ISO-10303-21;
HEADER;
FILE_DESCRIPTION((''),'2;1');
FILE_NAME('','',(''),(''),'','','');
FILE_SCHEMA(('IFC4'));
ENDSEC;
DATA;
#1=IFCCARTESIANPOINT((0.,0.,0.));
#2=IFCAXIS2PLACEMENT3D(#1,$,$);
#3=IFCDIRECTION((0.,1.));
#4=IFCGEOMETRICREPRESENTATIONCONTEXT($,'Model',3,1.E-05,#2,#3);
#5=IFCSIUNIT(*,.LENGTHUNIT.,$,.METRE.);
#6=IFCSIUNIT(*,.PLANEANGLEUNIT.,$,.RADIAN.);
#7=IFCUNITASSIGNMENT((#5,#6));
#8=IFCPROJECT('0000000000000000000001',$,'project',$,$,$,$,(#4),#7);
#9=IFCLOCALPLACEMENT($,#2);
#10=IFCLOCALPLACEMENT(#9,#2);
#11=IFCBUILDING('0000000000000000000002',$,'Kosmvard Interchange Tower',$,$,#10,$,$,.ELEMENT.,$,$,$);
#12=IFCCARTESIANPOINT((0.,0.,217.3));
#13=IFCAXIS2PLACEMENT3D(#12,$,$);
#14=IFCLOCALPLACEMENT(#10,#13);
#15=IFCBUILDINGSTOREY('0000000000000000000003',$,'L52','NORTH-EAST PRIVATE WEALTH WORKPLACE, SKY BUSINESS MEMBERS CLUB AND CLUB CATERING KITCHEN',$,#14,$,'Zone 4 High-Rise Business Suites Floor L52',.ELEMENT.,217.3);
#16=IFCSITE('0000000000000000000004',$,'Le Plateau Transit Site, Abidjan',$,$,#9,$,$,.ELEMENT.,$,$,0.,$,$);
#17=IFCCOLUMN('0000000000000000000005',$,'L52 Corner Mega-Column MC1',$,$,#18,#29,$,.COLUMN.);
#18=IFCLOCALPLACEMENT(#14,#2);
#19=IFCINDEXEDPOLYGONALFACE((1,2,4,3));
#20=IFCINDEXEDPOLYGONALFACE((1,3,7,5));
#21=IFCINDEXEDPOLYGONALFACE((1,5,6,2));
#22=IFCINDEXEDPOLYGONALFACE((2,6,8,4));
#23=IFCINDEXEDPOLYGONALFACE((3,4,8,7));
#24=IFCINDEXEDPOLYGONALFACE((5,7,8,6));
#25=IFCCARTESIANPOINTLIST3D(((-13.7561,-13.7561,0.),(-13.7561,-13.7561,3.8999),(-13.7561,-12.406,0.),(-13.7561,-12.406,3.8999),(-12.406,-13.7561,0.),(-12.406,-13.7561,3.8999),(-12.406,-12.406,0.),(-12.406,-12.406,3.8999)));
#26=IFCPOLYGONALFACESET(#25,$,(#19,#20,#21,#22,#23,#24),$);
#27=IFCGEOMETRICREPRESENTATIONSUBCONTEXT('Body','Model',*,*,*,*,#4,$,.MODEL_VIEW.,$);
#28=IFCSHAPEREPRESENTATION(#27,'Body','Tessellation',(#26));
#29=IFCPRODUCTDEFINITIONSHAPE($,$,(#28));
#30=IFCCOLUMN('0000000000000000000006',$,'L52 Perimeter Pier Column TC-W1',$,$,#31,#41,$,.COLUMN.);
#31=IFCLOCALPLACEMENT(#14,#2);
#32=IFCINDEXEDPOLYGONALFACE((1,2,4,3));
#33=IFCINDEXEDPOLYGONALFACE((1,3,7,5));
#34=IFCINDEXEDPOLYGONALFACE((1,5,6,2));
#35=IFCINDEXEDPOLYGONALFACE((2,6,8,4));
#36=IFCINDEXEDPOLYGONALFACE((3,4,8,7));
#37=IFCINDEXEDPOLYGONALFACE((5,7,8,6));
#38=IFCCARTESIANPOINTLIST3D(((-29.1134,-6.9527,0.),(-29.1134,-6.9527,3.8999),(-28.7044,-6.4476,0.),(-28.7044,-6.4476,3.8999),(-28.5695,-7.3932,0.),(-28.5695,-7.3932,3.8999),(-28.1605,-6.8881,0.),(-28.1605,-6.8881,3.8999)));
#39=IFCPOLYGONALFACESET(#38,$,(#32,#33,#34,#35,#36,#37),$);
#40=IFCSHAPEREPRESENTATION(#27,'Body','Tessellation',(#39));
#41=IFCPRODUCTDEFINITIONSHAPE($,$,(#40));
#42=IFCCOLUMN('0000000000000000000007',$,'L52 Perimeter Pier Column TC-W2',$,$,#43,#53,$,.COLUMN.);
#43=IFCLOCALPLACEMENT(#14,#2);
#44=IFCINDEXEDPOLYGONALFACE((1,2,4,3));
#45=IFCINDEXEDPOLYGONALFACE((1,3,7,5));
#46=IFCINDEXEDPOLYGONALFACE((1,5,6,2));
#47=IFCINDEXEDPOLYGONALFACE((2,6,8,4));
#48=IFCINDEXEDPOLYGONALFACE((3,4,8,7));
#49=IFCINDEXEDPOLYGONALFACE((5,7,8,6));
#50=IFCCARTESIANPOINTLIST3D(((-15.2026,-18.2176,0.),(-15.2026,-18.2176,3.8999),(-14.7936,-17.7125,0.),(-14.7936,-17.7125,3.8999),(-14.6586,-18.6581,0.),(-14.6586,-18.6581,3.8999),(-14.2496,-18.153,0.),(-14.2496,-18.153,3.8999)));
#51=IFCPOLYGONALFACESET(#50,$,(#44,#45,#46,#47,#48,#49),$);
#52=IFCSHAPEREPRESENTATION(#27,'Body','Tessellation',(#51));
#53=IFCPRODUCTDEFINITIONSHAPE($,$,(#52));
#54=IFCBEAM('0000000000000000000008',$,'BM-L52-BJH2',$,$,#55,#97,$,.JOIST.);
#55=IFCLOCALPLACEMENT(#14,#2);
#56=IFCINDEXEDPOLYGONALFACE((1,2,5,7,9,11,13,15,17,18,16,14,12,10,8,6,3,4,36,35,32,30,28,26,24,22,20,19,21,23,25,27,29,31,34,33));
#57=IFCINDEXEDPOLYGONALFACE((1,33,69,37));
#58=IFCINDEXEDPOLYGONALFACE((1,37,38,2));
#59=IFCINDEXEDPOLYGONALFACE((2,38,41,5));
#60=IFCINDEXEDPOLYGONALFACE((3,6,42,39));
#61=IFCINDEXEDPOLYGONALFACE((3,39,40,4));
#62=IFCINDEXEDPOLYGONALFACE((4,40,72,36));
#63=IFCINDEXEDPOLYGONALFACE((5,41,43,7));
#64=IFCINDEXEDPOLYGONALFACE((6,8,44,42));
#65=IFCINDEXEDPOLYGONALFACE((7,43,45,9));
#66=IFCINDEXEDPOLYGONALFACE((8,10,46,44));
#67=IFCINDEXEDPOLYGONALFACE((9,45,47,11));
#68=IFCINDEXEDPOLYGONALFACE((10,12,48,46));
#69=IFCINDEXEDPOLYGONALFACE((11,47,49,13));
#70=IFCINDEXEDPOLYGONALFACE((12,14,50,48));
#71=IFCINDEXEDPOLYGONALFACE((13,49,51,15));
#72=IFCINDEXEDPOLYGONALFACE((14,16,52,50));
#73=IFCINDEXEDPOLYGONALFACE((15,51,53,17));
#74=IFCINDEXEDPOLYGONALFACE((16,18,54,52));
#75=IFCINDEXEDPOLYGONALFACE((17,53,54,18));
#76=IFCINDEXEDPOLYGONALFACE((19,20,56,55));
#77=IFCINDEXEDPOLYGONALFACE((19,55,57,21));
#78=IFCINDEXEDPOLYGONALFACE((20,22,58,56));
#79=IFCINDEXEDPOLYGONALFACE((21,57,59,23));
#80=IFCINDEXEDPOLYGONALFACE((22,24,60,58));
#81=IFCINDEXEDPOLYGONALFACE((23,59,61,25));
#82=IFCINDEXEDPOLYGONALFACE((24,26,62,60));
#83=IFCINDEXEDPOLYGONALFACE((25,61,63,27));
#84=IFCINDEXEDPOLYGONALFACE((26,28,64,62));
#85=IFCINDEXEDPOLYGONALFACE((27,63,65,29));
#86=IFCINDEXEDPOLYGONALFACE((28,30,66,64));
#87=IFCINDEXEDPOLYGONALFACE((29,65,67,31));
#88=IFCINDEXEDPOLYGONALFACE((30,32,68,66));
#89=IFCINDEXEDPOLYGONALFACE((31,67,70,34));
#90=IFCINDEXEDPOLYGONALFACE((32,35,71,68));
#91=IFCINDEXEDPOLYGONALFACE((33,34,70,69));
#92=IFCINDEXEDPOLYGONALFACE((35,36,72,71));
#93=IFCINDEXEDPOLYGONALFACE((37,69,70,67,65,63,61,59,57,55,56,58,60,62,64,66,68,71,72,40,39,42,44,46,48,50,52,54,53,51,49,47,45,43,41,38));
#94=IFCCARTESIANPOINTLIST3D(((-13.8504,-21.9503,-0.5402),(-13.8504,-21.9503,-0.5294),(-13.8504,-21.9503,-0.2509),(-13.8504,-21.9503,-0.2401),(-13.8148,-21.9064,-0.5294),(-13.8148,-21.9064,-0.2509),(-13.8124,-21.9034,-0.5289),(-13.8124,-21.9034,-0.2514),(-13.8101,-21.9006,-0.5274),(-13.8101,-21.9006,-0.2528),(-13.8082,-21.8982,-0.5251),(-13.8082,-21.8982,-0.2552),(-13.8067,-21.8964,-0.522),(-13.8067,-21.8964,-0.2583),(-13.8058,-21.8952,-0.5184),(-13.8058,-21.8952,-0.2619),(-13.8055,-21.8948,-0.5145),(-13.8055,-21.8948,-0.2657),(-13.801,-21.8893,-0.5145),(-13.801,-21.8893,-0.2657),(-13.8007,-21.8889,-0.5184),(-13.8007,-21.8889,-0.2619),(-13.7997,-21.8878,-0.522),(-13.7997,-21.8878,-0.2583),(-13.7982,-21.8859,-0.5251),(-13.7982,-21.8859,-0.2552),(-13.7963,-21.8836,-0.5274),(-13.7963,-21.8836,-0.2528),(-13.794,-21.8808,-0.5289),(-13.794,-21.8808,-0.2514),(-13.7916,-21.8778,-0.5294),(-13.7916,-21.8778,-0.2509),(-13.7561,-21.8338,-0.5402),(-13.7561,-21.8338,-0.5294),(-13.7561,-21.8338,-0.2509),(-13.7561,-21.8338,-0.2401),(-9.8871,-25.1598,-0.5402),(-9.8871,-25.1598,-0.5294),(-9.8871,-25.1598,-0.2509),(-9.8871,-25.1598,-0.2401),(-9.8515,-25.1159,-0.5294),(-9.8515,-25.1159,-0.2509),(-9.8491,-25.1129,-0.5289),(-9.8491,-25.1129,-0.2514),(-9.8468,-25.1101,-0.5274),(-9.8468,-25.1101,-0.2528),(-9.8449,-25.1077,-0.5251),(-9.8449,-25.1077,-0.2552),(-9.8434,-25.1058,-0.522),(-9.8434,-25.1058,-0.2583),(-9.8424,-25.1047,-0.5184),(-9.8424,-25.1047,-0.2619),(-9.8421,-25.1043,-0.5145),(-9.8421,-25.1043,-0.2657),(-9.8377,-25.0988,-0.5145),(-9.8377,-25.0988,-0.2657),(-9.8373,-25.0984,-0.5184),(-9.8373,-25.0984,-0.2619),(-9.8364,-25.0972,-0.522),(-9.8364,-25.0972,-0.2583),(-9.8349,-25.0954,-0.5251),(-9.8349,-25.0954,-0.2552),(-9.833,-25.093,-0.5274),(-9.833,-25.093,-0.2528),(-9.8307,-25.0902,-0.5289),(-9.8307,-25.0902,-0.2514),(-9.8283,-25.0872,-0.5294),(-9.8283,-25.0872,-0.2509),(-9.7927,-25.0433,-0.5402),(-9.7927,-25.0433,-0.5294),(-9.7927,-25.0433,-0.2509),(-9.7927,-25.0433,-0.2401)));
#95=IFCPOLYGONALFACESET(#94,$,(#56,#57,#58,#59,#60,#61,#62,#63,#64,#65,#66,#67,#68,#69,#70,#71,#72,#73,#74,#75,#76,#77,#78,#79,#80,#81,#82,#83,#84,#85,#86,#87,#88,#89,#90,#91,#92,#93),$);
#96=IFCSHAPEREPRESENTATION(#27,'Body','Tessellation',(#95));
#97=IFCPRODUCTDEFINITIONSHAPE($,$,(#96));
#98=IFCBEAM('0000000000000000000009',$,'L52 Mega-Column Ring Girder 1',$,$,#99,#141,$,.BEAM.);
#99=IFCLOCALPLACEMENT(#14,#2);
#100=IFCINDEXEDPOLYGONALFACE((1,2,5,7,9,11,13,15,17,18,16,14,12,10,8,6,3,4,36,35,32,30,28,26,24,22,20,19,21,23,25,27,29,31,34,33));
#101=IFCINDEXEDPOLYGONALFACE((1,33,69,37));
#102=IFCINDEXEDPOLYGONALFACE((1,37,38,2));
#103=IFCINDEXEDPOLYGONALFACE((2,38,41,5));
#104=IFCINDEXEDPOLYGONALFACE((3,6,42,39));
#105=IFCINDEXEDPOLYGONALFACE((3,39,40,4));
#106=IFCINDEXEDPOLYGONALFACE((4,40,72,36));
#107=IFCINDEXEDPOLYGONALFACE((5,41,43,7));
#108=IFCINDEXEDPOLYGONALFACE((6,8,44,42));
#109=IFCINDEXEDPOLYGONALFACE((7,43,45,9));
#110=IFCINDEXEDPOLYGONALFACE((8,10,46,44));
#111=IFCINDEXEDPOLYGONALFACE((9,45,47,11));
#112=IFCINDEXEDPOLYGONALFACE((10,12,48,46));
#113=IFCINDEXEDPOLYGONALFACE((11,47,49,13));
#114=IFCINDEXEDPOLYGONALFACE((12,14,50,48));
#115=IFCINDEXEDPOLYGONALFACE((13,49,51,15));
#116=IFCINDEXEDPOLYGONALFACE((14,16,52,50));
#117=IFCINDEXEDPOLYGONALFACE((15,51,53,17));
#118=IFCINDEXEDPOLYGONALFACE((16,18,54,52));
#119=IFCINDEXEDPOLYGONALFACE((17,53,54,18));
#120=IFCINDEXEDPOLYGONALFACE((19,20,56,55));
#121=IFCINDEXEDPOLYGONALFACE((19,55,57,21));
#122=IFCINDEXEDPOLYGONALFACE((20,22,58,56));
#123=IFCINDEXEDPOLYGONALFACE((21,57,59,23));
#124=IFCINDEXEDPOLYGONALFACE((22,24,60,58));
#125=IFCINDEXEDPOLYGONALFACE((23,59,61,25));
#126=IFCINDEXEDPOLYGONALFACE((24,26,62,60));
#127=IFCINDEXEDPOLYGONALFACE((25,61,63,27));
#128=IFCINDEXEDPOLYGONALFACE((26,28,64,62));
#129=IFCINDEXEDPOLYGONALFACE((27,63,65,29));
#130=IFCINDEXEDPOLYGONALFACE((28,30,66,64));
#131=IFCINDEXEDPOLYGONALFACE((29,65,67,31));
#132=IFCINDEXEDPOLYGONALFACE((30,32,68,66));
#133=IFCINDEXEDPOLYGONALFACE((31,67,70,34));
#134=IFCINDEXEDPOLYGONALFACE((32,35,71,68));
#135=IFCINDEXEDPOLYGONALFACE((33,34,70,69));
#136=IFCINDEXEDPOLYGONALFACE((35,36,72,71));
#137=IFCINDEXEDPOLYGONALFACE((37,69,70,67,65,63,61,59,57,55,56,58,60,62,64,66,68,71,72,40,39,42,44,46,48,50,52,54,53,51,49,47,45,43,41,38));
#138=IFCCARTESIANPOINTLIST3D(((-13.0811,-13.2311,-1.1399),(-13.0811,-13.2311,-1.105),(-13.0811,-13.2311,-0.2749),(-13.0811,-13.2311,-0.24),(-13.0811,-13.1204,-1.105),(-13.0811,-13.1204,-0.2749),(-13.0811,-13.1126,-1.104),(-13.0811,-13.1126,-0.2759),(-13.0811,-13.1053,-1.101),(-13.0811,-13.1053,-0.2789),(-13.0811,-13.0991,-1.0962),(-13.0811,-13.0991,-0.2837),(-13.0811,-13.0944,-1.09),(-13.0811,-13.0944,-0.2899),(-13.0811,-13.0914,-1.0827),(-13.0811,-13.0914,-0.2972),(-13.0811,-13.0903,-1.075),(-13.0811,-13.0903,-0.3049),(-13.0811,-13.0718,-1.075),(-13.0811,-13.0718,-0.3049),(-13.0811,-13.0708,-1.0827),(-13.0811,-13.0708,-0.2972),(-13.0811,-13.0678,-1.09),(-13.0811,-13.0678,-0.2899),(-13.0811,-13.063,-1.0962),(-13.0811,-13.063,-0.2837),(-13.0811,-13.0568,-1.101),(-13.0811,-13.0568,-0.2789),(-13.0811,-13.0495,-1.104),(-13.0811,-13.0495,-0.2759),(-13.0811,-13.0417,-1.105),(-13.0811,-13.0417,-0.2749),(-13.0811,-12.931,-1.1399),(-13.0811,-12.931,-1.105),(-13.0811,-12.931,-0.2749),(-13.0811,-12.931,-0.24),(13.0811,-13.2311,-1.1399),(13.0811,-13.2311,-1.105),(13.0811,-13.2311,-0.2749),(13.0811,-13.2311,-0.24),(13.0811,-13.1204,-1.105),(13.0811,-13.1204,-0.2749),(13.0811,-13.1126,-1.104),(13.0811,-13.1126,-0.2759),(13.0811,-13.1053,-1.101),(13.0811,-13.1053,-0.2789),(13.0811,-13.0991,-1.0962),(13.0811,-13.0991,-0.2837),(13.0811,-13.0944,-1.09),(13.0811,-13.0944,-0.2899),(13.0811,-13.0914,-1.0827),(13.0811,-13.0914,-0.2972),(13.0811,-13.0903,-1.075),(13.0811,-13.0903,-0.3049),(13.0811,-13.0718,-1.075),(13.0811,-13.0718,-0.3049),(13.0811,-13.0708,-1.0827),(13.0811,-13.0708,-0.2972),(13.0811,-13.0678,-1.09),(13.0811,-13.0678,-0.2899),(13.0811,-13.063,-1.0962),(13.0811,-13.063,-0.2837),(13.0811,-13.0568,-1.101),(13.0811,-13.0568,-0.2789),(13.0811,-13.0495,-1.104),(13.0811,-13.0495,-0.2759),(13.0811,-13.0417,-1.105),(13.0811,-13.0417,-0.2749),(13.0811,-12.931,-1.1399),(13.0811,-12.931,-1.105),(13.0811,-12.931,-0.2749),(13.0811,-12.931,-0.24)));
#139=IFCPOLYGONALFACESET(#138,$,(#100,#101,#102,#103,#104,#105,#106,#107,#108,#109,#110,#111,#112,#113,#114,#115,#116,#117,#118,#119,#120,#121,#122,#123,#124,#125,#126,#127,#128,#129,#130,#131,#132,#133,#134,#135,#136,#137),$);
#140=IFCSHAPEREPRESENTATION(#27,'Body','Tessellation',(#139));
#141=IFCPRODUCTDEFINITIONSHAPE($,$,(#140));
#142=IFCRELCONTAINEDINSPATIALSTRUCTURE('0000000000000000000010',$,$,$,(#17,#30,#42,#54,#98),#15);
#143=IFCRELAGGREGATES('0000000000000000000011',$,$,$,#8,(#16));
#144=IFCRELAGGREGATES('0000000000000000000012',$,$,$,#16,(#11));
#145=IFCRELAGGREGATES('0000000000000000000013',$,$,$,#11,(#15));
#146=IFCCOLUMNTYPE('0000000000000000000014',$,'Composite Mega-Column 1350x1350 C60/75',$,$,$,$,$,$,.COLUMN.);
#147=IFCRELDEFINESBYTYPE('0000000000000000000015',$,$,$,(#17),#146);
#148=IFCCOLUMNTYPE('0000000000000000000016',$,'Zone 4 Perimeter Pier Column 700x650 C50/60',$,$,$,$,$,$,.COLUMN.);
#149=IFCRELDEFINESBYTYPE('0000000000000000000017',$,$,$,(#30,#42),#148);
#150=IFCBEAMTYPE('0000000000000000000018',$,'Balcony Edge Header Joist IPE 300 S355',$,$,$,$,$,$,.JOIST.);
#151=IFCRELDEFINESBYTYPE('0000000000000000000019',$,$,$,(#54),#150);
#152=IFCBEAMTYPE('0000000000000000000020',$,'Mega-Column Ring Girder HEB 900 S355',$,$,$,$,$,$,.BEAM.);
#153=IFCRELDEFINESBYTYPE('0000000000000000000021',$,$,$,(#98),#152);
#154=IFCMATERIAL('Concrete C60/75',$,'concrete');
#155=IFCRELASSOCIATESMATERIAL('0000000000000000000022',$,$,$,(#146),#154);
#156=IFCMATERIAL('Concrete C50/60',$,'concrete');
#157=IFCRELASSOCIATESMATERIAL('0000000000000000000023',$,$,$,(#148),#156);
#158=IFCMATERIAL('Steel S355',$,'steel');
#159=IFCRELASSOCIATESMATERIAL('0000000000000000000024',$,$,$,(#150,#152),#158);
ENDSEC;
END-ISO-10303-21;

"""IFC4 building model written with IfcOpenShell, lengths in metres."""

from ifc_helpers import new_model, si_unit, direction, frame, origin, origin_2d, place, context, subcontext, project, spatial, rectangle, i_section, extrude, source, transform, mapped, material, material_profile, profile_set, type_object, element, save


model = new_model("IFC4")

# Units and contexts
model_context = context("Model", 3, precision=1e-05, world=origin(), true_north=direction((0.0, 1.0)))
body_context = subcontext(model_context, "Body", "Model", "MODEL_VIEW")
ifc_project = project(units=[si_unit("LENGTHUNIT", "METRE"), si_unit("PLANEANGLEUNIT", "RADIAN")], contexts=[model_context])

# Site, building, storey
site_placement = place(None, origin())
site = spatial("IfcSite", under=ifc_project, at=site_placement, Name="Le Plateau Transit Site, Abidjan", CompositionType="ELEMENT", RefElevation=0.0)
building_placement = place(site_placement, origin())
building = spatial("IfcBuilding", under=site, at=building_placement, Name="Kosmvard Interchange Tower", CompositionType="ELEMENT")
storey_placement = place(building_placement, frame((0.0, 0.0, 217.3)))
storey = spatial("IfcBuildingStorey", under=building, at=storey_placement, Name="L52", Description="NORTH-EAST PRIVATE WEALTH WORKPLACE, SKY BUSINESS MEMBERS CLUB AND CLUB CATERING KITCHEN", LongName="Zone 4 High-Rise Business Suites Floor L52", CompositionType="ELEMENT", Elevation=217.3)

# Columns
ifc_material_1 = material(Name="Concrete C60/75", Category="concrete")
ifc_material_profile_1 = material_profile(ifc_material_1, rectangle(XDim=1.3501, YDim=1.3501, at=origin_2d()), Name="MC 1350x1350")
ifc_profile_set_1 = profile_set([ifc_material_profile_1], Name="Concrete C60/75")
column_type_1 = type_object("IfcColumnType", Name="Composite Mega-Column 1350x1350 C60/75", PredefinedType="COLUMN", material=ifc_profile_set_1)
shared_shape_1 = source(origin(), body_context, "Body", "SweptSolid", [
    extrude(rectangle(XDim=1.3501, YDim=1.3501, at=origin_2d()), origin(), (0.0, 0.0, 1.0), 3.8999),
])
column_placement = place(storey_placement, frame((-13.0811, -13.0811, 0.0), z_axis=(0.0, 0.0, 1.0), x_axis=(1.0, 0.0, 0.0)))
element("IfcColumn", 1, at=column_placement, inside=storey, type_object=column_type_1, Name="L52 Corner Mega-Column MC1", PredefinedType="COLUMN", context=body_context, shape_type="MappedRepresentation", body=[
    mapped(shared_shape_1, transform((0.0, 0.0, 0.0), scale=1.0)),
])
ifc_material_2 = material(Name="Concrete C50/60", Category="concrete")
ifc_material_profile_2 = material_profile(ifc_material_2, rectangle(XDim=0.6499, YDim=0.7, at=origin_2d()), Name="TC 700x650")
ifc_profile_set_2 = profile_set([ifc_material_profile_2], Name="Concrete C50/60")
column_type_2 = type_object("IfcColumnType", Name="Zone 4 Perimeter Pier Column 700x650 C50/60", PredefinedType="COLUMN", material=ifc_profile_set_2)
shared_shape_2 = source(origin(), body_context, "Body", "SweptSolid", [
    extrude(rectangle(XDim=0.6499, YDim=0.7, at=origin_2d()), origin(), (0.0, 0.0, 1.0), 3.8999),
])
for number, where, z_axis, x_axis, name in (
    (2, (-28.637, -6.9204, 0.0), (0.0, 0.0, 1.0), (0.62932, 0.777146, 0.0), "L52 Perimeter Pier Column TC-W1"),
    (3, (-14.7261, -18.1853, 0.0), (0.0, 0.0, 1.0), (0.62932, 0.777146, 0.0), "L52 Perimeter Pier Column TC-W2"),
):
    element("IfcColumn", number, at=place(storey_placement, frame(where, z_axis=z_axis, x_axis=x_axis)), inside=storey, type_object=column_type_2, Name=name, PredefinedType="COLUMN", context=body_context, shape_type="MappedRepresentation", body=[
        mapped(shared_shape_2, transform((0.0, 0.0, 0.0), scale=1.0)),
    ])

# Beams
ifc_material_3 = material(Name="Steel S355", Category="steel")
ifc_material_profile_3 = material_profile(ifc_material_3, i_section(OverallWidth=0.1499, OverallDepth=0.3, WebThickness=0.0071, FlangeThickness=0.0107, FilletRadius=0.0149, at=origin_2d()), Name="IPE 300")
ifc_profile_set_3 = profile_set([ifc_material_profile_3], Name="Steel S355")
beam_type_1 = type_object("IfcBeamType", Name="Balcony Edge Header Joist IPE 300 S355", PredefinedType="JOIST", material=ifc_profile_set_3)
shared_shape_3 = source(origin(), body_context, "Body", "SweptSolid", [
    extrude(i_section(OverallWidth=0.1499, OverallDepth=0.3, WebThickness=0.0071, FlangeThickness=0.0107, FilletRadius=0.0149, at=origin_2d()), origin(), (0.0, 0.0, 1.0), 5.0999),
])
beam_1_placement = place(storey_placement, frame((-13.8032, -21.8921, -0.3901), z_axis=(0.777147, -0.629319, 0.0), x_axis=(0.629319, 0.777147, 0.0)))
element("IfcBeam", 4, at=beam_1_placement, inside=storey, type_object=beam_type_1, Name="BM-L52-BJH2", PredefinedType="JOIST", context=body_context, shape_type="MappedRepresentation", body=[
    mapped(shared_shape_3, transform((0.0, 0.0, 0.0), scale=1.0)),
])
ifc_material_profile_4 = material_profile(ifc_material_3, i_section(OverallWidth=0.3, OverallDepth=0.8999, WebThickness=0.0186, FlangeThickness=0.0349, FilletRadius=0.03, at=origin_2d()), Name="HEB 900")
ifc_profile_set_4 = profile_set([ifc_material_profile_4], Name="Steel S355")
beam_type_2 = type_object("IfcBeamType", Name="Mega-Column Ring Girder HEB 900 S355", PredefinedType="BEAM", material=ifc_profile_set_4)
shared_shape_4 = source(origin(), body_context, "Body", "SweptSolid", [
    extrude(i_section(OverallWidth=0.3, OverallDepth=0.8999, WebThickness=0.0186, FlangeThickness=0.0349, FilletRadius=0.03, at=origin_2d()), origin(), (0.0, 0.0, 1.0), 26.1621),
])
beam_2_placement = place(storey_placement, frame((-13.0811, -13.0811, -0.6899), z_axis=(1.0, 0.0, 0.0), x_axis=(0.0, 1.0, 0.0)))
element("IfcBeam", 5, at=beam_2_placement, inside=storey, type_object=beam_type_2, Name="L52 Mega-Column Ring Girder 1", PredefinedType="BEAM", context=body_context, shape_type="MappedRepresentation", body=[
    mapped(shared_shape_4, transform((0.0, 0.0, 0.0), scale=1.0)),
])

save(model, "model.ifc")
